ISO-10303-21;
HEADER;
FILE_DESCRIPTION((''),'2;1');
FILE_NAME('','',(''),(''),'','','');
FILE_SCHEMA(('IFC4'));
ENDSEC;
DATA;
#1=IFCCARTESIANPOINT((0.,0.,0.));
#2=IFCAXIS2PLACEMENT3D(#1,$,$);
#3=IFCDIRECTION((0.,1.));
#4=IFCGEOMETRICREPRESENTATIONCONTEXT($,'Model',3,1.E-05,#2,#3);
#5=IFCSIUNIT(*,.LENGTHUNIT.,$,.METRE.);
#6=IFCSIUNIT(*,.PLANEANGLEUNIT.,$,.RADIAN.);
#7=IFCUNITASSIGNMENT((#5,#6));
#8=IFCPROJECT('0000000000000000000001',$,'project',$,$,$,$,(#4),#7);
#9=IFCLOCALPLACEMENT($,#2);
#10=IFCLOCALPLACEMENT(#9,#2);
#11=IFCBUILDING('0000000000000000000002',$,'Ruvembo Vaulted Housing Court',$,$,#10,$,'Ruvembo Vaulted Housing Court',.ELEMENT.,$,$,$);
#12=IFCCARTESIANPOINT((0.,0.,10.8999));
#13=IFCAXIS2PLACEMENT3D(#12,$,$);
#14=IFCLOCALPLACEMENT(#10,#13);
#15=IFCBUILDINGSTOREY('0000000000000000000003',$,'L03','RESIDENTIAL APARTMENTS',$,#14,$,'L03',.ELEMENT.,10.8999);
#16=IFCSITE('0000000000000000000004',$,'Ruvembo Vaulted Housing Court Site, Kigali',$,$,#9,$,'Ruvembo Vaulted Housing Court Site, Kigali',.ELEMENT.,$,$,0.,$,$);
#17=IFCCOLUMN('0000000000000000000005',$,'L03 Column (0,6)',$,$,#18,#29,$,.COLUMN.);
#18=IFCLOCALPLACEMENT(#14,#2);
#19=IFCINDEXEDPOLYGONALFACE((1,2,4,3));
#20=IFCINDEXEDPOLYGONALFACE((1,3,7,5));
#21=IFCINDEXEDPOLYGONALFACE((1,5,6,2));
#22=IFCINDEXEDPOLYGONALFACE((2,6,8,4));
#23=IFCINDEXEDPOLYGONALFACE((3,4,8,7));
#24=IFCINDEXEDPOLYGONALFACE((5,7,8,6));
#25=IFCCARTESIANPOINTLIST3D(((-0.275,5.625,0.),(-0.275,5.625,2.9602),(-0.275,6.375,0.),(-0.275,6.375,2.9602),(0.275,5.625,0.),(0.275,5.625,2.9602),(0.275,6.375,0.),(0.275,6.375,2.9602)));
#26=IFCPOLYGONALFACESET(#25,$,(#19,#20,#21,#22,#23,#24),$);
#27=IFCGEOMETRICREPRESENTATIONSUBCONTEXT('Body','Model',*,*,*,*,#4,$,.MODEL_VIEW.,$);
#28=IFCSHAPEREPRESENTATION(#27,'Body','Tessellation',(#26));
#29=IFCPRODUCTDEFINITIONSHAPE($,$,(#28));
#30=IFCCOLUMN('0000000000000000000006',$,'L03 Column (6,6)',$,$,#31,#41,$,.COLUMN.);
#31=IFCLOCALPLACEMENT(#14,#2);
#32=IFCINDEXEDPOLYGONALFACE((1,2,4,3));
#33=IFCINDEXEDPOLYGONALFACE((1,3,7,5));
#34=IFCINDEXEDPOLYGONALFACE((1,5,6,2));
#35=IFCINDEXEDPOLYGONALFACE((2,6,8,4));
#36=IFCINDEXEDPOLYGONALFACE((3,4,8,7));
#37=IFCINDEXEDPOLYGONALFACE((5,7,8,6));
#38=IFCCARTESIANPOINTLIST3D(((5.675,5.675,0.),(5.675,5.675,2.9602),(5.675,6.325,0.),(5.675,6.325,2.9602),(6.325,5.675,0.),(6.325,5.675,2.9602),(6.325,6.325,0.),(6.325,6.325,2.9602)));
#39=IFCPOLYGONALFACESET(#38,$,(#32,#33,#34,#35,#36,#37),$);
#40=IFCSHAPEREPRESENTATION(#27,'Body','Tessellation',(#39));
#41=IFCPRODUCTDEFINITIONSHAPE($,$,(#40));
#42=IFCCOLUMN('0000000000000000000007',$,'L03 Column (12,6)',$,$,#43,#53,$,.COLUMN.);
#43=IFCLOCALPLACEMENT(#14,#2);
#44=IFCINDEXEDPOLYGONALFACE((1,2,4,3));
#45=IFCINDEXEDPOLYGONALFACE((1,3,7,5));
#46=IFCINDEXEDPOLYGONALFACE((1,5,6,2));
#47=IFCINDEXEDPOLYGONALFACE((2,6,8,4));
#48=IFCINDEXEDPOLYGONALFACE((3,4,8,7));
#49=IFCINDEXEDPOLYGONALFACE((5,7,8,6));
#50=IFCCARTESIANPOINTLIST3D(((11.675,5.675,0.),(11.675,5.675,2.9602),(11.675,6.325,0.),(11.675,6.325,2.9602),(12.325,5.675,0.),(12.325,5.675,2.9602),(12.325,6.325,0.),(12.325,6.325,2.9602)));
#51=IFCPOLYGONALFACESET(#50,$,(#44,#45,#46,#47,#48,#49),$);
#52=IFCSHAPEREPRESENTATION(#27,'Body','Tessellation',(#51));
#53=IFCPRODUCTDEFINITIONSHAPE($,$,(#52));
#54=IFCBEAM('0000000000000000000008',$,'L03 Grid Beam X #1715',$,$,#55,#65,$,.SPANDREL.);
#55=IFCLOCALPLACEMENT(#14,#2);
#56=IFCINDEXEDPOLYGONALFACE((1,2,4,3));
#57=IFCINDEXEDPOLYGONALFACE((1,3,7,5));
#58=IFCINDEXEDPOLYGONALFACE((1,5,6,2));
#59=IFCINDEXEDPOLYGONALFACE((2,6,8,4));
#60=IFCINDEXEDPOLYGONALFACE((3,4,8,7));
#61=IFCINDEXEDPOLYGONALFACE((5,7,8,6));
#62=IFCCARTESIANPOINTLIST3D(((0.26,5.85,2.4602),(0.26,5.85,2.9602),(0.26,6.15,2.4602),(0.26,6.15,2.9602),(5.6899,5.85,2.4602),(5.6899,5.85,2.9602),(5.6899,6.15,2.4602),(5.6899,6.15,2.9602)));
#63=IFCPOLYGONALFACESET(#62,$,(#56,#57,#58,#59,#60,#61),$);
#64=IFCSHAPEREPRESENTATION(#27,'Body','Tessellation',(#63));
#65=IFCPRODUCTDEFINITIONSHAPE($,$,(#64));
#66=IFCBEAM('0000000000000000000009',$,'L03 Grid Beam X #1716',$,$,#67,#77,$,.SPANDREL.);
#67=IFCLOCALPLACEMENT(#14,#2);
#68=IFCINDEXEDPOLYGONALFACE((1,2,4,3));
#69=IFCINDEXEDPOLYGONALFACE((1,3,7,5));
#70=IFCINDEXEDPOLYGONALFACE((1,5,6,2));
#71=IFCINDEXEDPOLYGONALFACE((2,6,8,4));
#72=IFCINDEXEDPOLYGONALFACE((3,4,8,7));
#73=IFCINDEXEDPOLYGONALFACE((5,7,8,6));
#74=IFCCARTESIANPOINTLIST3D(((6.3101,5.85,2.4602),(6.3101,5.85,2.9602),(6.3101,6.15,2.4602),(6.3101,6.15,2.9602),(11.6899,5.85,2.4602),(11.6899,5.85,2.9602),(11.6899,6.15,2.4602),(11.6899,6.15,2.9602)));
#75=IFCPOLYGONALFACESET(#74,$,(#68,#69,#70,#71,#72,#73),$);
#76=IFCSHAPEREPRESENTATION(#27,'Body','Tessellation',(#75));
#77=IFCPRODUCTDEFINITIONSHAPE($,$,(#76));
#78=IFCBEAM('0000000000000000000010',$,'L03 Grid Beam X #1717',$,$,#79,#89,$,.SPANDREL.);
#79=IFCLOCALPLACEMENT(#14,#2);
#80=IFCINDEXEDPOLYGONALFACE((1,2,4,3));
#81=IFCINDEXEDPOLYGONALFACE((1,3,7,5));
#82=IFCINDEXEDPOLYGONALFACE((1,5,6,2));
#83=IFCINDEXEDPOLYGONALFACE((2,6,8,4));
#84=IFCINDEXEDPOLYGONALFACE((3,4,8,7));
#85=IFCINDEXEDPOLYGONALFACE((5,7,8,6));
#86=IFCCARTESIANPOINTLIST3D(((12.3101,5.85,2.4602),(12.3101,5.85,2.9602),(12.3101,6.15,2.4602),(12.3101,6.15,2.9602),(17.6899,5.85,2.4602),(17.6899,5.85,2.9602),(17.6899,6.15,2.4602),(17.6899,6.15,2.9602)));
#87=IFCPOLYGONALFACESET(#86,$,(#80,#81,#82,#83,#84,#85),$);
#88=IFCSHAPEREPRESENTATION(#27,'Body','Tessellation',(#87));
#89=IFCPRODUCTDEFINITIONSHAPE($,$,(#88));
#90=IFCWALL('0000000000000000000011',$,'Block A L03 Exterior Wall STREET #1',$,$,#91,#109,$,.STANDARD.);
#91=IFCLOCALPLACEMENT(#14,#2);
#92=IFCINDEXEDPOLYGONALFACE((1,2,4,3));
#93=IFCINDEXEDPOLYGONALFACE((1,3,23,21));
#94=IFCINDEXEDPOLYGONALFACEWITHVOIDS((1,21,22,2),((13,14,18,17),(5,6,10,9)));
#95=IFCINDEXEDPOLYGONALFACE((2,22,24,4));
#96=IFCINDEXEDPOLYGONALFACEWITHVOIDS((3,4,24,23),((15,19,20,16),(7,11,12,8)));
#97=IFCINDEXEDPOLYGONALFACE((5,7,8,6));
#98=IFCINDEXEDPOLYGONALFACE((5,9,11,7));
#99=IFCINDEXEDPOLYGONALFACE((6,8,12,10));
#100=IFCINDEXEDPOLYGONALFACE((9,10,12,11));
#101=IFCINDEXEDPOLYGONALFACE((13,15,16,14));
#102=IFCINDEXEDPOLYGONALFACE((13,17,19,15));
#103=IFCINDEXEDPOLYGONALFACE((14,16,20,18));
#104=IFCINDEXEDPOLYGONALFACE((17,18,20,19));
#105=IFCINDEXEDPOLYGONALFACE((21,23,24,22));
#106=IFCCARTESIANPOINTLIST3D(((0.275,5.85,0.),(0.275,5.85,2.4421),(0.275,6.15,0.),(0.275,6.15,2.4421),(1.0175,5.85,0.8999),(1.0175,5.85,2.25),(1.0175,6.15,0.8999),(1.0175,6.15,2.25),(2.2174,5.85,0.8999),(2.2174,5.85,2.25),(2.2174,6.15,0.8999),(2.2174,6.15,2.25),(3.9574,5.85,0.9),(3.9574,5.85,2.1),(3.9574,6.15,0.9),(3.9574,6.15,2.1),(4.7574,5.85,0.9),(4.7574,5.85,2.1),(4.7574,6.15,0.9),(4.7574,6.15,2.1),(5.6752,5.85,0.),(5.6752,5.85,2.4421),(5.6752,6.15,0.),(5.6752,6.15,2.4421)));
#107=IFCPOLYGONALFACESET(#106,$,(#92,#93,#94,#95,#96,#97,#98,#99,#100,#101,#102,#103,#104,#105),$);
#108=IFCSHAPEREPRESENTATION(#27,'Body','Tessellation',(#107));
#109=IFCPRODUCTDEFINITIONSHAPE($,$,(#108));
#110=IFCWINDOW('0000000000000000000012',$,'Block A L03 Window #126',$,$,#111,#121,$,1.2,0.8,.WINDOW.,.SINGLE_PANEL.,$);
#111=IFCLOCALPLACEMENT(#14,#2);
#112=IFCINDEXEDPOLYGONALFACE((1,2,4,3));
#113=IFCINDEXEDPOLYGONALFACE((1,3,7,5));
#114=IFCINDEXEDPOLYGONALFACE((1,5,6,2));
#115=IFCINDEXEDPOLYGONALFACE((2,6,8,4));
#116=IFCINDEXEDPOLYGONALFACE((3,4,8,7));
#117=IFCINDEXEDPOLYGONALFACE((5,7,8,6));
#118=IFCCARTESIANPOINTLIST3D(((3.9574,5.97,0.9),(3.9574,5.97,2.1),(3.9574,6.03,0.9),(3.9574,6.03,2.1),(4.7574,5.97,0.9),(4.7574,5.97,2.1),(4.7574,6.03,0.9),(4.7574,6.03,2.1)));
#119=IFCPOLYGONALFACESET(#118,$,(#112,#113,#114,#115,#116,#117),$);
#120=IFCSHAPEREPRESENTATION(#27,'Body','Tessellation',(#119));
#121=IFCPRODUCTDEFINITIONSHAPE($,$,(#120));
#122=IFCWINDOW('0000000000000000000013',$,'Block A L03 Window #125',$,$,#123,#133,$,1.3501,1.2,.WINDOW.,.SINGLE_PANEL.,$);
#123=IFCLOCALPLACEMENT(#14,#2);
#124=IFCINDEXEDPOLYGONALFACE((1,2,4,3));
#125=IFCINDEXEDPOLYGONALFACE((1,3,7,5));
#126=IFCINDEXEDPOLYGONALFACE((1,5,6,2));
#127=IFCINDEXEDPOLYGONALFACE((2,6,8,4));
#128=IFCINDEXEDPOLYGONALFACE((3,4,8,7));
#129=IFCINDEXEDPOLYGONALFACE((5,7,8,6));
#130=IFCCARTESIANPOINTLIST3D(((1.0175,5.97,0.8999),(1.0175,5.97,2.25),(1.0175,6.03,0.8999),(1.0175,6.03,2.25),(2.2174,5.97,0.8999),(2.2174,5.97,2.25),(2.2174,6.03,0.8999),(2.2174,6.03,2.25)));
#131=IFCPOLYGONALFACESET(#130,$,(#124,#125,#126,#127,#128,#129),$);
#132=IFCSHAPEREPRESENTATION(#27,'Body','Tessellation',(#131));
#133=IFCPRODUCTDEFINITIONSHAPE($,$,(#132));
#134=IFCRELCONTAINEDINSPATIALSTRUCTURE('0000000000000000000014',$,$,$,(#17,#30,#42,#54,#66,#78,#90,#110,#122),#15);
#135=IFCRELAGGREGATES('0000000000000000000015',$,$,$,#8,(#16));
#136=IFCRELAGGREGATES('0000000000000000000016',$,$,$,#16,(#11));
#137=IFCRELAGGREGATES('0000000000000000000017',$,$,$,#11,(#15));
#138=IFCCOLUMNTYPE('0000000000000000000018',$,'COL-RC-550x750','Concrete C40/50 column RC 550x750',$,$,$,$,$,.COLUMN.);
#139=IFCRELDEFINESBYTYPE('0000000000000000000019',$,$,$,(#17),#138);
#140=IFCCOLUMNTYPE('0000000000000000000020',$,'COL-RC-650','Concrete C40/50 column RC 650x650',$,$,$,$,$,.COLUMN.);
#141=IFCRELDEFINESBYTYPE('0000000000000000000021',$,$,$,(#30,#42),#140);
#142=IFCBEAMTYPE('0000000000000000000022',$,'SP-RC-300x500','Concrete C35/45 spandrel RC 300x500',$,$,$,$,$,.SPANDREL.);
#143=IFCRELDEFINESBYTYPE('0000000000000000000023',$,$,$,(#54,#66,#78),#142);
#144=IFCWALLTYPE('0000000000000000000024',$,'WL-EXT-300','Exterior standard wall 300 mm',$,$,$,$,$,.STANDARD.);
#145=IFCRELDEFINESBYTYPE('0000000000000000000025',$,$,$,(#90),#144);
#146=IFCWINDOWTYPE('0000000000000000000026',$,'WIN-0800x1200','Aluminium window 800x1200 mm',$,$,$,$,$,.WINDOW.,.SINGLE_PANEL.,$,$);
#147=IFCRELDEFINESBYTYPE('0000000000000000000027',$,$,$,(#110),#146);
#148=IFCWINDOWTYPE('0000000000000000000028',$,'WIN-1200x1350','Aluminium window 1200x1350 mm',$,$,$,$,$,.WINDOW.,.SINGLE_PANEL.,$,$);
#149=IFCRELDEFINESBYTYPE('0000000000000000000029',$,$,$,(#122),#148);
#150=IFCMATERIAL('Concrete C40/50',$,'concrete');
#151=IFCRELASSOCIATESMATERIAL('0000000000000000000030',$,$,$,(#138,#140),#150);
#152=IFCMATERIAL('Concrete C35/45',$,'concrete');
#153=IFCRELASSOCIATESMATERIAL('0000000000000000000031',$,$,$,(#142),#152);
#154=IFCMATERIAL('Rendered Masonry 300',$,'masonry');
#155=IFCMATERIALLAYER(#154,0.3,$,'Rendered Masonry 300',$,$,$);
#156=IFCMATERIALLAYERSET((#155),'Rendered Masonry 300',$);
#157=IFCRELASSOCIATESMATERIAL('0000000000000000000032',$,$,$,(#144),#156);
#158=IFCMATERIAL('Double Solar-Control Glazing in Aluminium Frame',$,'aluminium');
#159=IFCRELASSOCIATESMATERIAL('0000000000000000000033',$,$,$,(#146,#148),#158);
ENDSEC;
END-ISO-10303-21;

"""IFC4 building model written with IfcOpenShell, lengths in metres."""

from ifc_helpers import new_model, si_unit, direction, frame, frame_2d, origin, origin_2d, place, context, subcontext, project, spatial, rectangle, extrude, material, layer, layer_set, material_profile, profile_set, type_object, element, fill, save


model = new_model("IFC4")

# Units and contexts
model_context = context("Model", 3, precision=1e-05, world=origin(), true_north=direction((0.0, 1.0)))
body_context = subcontext(model_context, "Body", "Model", "MODEL_VIEW")
ifc_project = project(units=[si_unit("LENGTHUNIT", "METRE"), si_unit("PLANEANGLEUNIT", "RADIAN")], contexts=[model_context])

# Site, building, storey
site_placement = place(None, origin())
site = spatial("IfcSite", under=ifc_project, at=site_placement, Name="Ruvembo Vaulted Housing Court Site, Kigali", LongName="Ruvembo Vaulted Housing Court Site, Kigali", CompositionType="ELEMENT", RefElevation=0.0)
building_placement = place(site_placement, origin())
building = spatial("IfcBuilding", under=site, at=building_placement, Name="Ruvembo Vaulted Housing Court", LongName="Ruvembo Vaulted Housing Court", CompositionType="ELEMENT")
storey_placement = place(building_placement, frame((0.0, 0.0, 10.8999)))
storey = spatial("IfcBuildingStorey", under=building, at=storey_placement, Name="L03", Description="RESIDENTIAL APARTMENTS", LongName="L03", CompositionType="ELEMENT", Elevation=10.8999)

# Columns
ifc_material_1 = material(Name="Concrete C40/50", Category="concrete")
ifc_material_profile_1 = material_profile(ifc_material_1, rectangle(XDim=0.55, YDim=0.75, at=origin_2d()), Name="RC 550x750")
ifc_profile_set_1 = profile_set([ifc_material_profile_1], Name="Concrete C40/50")
column_type_1 = type_object("IfcColumnType", Name="COL-RC-550x750", Description="Concrete C40/50 column RC 550x750", PredefinedType="COLUMN", material=ifc_profile_set_1)
column_placement = place(storey_placement, frame((0.0, 6.0, 0.0), z_axis=(0.0, 0.0, 1.0), x_axis=(1.0, 0.0, 0.0)))
element("IfcColumn", 1, at=column_placement, inside=storey, type_object=column_type_1, Name="L03 Column (0,6)", PredefinedType="COLUMN", context=body_context, shape_type="SweptSolid", body=[
    extrude(rectangle(XDim=0.55, YDim=0.75, at=origin_2d()), origin(), (0.0, 0.0, 1.0), 2.9602),
])
ifc_material_profile_2 = material_profile(ifc_material_1, rectangle(XDim=0.6499, YDim=0.6499, at=origin_2d()), Name="RC 650x650")
ifc_profile_set_2 = profile_set([ifc_material_profile_2], Name="Concrete C40/50")
column_type_2 = type_object("IfcColumnType", Name="COL-RC-650", Description="Concrete C40/50 column RC 650x650", PredefinedType="COLUMN", material=ifc_profile_set_2)
for number, where, z_axis, x_axis, name in (
    (2, (6.0, 6.0, 0.0), (0.0, 0.0, 1.0), (1.0, 0.0, 0.0), "L03 Column (6,6)"),
    (3, (12.0, 6.0, 0.0), (0.0, 0.0, 1.0), (1.0, 0.0, 0.0), "L03 Column (12,6)"),
):
    element("IfcColumn", number, at=place(storey_placement, frame(where, z_axis=z_axis, x_axis=x_axis)), inside=storey, type_object=column_type_2, Name=name, PredefinedType="COLUMN", context=body_context, shape_type="SweptSolid", body=[
        extrude(rectangle(XDim=0.6499, YDim=0.6499, at=origin_2d()), origin(), (0.0, 0.0, 1.0), 2.9602),
    ])

# Beams
ifc_material_2 = material(Name="Concrete C35/45", Category="concrete")
ifc_material_profile_3 = material_profile(ifc_material_2, rectangle(XDim=0.3, YDim=0.5, at=origin_2d()), Name="RC 300x500")
ifc_profile_set_3 = profile_set([ifc_material_profile_3], Name="Concrete C35/45")
beam_type = type_object("IfcBeamType", Name="SP-RC-300x500", Description="Concrete C35/45 spandrel RC 300x500", PredefinedType="SPANDREL", material=ifc_profile_set_3)
beam_placement = place(storey_placement, frame((0.26, 6.0, 2.7102), z_axis=(1.0, 0.0, 0.0), x_axis=(0.0, 1.0, 0.0)))
element("IfcBeam", 4, at=beam_placement, inside=storey, type_object=beam_type, Name="L03 Grid Beam X #1715", PredefinedType="SPANDREL", context=body_context, shape_type="SweptSolid", body=[
    extrude(rectangle(XDim=0.3, YDim=0.5, at=origin_2d()), origin(), (0.0, 0.0, 1.0), 5.4299),
])
for number, where, z_axis, x_axis, name in (
    (5, (6.3101, 6.0, 2.7102), (1.0, 0.0, 0.0), (0.0, 1.0, 0.0), "L03 Grid Beam X #1716"),
    (6, (12.3101, 6.0, 2.7102), (1.0, 0.0, 0.0), (0.0, 1.0, 0.0), "L03 Grid Beam X #1717"),
):
    element("IfcBeam", number, at=place(storey_placement, frame(where, z_axis=z_axis, x_axis=x_axis)), inside=storey, type_object=beam_type, Name=name, PredefinedType="SPANDREL", context=body_context, shape_type="SweptSolid", body=[
        extrude(rectangle(XDim=0.3, YDim=0.5, at=origin_2d()), origin(), (0.0, 0.0, 1.0), 5.3799),
    ])

# Wall, openings, windows
ifc_material_3 = material(Name="Rendered Masonry 300", Category="masonry")
ifc_layer_1 = layer(ifc_material_3, 0.3, Name="Rendered Masonry 300")
ifc_layer_set_1 = layer_set([ifc_layer_1], Name="Rendered Masonry 300")
wall_type_1 = type_object("IfcWallType", Name="WL-EXT-300", Description="Exterior standard wall 300 mm", PredefinedType="STANDARD", material=ifc_layer_set_1)
wall_1_placement = place(storey_placement, frame((0.2749, 6.0, 0.0), z_axis=(0.0, 0.0, 1.0), x_axis=(1.0, 0.0, 0.0)))
wall_1 = element("IfcWall", 7, at=wall_1_placement, inside=storey, type_object=wall_type_1, Name="Block A L03 Exterior Wall STREET #1", PredefinedType="STANDARD", context=body_context, shape_type="SweptSolid", body=[
    extrude(rectangle(XDim=5.4001, YDim=0.3, at=frame_2d((2.7002, 0.0))), origin(), (0.0, 0.0, 1.0), 2.4421),
])
opening_1_placement = place(wall_1_placement, frame((0.7424, 0.0, 0.8999)))
opening_1 = element("IfcOpeningElement", 8, at=opening_1_placement, cuts=wall_1, PredefinedType="OPENING", context=body_context, shape_type="SweptSolid", body=[
    extrude(rectangle(XDim=1.2, YDim=1.3501, at=frame_2d((0.6001, 0.675))), frame((0.0, 0.1599, 0.0), z_axis=(0.0, -1.0, 0.0), x_axis=(1.0, 0.0, 0.0)), (0.0, 0.0, 1.0), 0.3201),
])
opening_2_placement = place(wall_1_placement, frame((3.6826, 0.0, 0.8999)))
opening_2 = element("IfcOpeningElement", 9, at=opening_2_placement, cuts=wall_1, PredefinedType="OPENING", context=body_context, shape_type="SweptSolid", body=[
    extrude(rectangle(XDim=0.8, YDim=1.2, at=frame_2d((0.3999, 0.6001))), frame((0.0, 0.1599, 0.0), z_axis=(0.0, -1.0, 0.0), x_axis=(1.0, 0.0, 0.0)), (0.0, 0.0, 1.0), 0.3201),
])
ifc_material_4 = material(Name="Double Solar-Control Glazing in Aluminium Frame", Category="aluminium")
window_type_1 = type_object("IfcWindowType", Name="WIN-0800x1200", Description="Aluminium window 800x1200 mm", PartitioningType="SINGLE_PANEL", PredefinedType="WINDOW", material=ifc_material_4)
window_1_placement = place(opening_2_placement, origin())
window_1 = element("IfcWindow", 10, at=window_1_placement, inside=storey, type_object=window_type_1, Name="Block A L03 Window #126", OverallHeight=1.2, OverallWidth=0.8, PartitioningType="SINGLE_PANEL", PredefinedType="WINDOW", context=body_context, shape_type="SweptSolid", body=[
    extrude(rectangle(XDim=0.8, YDim=1.2, at=frame_2d((0.3999, 0.6001))), frame((0.0, 0.03, 0.0), z_axis=(0.0, -1.0, 0.0), x_axis=(1.0, 0.0, 0.0)), (0.0, 0.0, 1.0), 0.0601),
])
fill(opening_2, window_1)
window_type_2 = type_object("IfcWindowType", Name="WIN-1200x1350", Description="Aluminium window 1200x1350 mm", PartitioningType="SINGLE_PANEL", PredefinedType="WINDOW", material=ifc_material_4)
window_2_placement = place(opening_1_placement, origin())
window_2 = element("IfcWindow", 11, at=window_2_placement, inside=storey, type_object=window_type_2, Name="Block A L03 Window #125", OverallHeight=1.3501, OverallWidth=1.2, PartitioningType="SINGLE_PANEL", PredefinedType="WINDOW", context=body_context, shape_type="SweptSolid", body=[
    extrude(rectangle(XDim=1.2, YDim=1.3501, at=frame_2d((0.6001, 0.675))), frame((0.0, 0.03, 0.0), z_axis=(0.0, -1.0, 0.0), x_axis=(1.0, 0.0, 0.0)), (0.0, 0.0, 1.0), 0.0601),
])
fill(opening_1, window_2)

save(model, "model.ifc")
